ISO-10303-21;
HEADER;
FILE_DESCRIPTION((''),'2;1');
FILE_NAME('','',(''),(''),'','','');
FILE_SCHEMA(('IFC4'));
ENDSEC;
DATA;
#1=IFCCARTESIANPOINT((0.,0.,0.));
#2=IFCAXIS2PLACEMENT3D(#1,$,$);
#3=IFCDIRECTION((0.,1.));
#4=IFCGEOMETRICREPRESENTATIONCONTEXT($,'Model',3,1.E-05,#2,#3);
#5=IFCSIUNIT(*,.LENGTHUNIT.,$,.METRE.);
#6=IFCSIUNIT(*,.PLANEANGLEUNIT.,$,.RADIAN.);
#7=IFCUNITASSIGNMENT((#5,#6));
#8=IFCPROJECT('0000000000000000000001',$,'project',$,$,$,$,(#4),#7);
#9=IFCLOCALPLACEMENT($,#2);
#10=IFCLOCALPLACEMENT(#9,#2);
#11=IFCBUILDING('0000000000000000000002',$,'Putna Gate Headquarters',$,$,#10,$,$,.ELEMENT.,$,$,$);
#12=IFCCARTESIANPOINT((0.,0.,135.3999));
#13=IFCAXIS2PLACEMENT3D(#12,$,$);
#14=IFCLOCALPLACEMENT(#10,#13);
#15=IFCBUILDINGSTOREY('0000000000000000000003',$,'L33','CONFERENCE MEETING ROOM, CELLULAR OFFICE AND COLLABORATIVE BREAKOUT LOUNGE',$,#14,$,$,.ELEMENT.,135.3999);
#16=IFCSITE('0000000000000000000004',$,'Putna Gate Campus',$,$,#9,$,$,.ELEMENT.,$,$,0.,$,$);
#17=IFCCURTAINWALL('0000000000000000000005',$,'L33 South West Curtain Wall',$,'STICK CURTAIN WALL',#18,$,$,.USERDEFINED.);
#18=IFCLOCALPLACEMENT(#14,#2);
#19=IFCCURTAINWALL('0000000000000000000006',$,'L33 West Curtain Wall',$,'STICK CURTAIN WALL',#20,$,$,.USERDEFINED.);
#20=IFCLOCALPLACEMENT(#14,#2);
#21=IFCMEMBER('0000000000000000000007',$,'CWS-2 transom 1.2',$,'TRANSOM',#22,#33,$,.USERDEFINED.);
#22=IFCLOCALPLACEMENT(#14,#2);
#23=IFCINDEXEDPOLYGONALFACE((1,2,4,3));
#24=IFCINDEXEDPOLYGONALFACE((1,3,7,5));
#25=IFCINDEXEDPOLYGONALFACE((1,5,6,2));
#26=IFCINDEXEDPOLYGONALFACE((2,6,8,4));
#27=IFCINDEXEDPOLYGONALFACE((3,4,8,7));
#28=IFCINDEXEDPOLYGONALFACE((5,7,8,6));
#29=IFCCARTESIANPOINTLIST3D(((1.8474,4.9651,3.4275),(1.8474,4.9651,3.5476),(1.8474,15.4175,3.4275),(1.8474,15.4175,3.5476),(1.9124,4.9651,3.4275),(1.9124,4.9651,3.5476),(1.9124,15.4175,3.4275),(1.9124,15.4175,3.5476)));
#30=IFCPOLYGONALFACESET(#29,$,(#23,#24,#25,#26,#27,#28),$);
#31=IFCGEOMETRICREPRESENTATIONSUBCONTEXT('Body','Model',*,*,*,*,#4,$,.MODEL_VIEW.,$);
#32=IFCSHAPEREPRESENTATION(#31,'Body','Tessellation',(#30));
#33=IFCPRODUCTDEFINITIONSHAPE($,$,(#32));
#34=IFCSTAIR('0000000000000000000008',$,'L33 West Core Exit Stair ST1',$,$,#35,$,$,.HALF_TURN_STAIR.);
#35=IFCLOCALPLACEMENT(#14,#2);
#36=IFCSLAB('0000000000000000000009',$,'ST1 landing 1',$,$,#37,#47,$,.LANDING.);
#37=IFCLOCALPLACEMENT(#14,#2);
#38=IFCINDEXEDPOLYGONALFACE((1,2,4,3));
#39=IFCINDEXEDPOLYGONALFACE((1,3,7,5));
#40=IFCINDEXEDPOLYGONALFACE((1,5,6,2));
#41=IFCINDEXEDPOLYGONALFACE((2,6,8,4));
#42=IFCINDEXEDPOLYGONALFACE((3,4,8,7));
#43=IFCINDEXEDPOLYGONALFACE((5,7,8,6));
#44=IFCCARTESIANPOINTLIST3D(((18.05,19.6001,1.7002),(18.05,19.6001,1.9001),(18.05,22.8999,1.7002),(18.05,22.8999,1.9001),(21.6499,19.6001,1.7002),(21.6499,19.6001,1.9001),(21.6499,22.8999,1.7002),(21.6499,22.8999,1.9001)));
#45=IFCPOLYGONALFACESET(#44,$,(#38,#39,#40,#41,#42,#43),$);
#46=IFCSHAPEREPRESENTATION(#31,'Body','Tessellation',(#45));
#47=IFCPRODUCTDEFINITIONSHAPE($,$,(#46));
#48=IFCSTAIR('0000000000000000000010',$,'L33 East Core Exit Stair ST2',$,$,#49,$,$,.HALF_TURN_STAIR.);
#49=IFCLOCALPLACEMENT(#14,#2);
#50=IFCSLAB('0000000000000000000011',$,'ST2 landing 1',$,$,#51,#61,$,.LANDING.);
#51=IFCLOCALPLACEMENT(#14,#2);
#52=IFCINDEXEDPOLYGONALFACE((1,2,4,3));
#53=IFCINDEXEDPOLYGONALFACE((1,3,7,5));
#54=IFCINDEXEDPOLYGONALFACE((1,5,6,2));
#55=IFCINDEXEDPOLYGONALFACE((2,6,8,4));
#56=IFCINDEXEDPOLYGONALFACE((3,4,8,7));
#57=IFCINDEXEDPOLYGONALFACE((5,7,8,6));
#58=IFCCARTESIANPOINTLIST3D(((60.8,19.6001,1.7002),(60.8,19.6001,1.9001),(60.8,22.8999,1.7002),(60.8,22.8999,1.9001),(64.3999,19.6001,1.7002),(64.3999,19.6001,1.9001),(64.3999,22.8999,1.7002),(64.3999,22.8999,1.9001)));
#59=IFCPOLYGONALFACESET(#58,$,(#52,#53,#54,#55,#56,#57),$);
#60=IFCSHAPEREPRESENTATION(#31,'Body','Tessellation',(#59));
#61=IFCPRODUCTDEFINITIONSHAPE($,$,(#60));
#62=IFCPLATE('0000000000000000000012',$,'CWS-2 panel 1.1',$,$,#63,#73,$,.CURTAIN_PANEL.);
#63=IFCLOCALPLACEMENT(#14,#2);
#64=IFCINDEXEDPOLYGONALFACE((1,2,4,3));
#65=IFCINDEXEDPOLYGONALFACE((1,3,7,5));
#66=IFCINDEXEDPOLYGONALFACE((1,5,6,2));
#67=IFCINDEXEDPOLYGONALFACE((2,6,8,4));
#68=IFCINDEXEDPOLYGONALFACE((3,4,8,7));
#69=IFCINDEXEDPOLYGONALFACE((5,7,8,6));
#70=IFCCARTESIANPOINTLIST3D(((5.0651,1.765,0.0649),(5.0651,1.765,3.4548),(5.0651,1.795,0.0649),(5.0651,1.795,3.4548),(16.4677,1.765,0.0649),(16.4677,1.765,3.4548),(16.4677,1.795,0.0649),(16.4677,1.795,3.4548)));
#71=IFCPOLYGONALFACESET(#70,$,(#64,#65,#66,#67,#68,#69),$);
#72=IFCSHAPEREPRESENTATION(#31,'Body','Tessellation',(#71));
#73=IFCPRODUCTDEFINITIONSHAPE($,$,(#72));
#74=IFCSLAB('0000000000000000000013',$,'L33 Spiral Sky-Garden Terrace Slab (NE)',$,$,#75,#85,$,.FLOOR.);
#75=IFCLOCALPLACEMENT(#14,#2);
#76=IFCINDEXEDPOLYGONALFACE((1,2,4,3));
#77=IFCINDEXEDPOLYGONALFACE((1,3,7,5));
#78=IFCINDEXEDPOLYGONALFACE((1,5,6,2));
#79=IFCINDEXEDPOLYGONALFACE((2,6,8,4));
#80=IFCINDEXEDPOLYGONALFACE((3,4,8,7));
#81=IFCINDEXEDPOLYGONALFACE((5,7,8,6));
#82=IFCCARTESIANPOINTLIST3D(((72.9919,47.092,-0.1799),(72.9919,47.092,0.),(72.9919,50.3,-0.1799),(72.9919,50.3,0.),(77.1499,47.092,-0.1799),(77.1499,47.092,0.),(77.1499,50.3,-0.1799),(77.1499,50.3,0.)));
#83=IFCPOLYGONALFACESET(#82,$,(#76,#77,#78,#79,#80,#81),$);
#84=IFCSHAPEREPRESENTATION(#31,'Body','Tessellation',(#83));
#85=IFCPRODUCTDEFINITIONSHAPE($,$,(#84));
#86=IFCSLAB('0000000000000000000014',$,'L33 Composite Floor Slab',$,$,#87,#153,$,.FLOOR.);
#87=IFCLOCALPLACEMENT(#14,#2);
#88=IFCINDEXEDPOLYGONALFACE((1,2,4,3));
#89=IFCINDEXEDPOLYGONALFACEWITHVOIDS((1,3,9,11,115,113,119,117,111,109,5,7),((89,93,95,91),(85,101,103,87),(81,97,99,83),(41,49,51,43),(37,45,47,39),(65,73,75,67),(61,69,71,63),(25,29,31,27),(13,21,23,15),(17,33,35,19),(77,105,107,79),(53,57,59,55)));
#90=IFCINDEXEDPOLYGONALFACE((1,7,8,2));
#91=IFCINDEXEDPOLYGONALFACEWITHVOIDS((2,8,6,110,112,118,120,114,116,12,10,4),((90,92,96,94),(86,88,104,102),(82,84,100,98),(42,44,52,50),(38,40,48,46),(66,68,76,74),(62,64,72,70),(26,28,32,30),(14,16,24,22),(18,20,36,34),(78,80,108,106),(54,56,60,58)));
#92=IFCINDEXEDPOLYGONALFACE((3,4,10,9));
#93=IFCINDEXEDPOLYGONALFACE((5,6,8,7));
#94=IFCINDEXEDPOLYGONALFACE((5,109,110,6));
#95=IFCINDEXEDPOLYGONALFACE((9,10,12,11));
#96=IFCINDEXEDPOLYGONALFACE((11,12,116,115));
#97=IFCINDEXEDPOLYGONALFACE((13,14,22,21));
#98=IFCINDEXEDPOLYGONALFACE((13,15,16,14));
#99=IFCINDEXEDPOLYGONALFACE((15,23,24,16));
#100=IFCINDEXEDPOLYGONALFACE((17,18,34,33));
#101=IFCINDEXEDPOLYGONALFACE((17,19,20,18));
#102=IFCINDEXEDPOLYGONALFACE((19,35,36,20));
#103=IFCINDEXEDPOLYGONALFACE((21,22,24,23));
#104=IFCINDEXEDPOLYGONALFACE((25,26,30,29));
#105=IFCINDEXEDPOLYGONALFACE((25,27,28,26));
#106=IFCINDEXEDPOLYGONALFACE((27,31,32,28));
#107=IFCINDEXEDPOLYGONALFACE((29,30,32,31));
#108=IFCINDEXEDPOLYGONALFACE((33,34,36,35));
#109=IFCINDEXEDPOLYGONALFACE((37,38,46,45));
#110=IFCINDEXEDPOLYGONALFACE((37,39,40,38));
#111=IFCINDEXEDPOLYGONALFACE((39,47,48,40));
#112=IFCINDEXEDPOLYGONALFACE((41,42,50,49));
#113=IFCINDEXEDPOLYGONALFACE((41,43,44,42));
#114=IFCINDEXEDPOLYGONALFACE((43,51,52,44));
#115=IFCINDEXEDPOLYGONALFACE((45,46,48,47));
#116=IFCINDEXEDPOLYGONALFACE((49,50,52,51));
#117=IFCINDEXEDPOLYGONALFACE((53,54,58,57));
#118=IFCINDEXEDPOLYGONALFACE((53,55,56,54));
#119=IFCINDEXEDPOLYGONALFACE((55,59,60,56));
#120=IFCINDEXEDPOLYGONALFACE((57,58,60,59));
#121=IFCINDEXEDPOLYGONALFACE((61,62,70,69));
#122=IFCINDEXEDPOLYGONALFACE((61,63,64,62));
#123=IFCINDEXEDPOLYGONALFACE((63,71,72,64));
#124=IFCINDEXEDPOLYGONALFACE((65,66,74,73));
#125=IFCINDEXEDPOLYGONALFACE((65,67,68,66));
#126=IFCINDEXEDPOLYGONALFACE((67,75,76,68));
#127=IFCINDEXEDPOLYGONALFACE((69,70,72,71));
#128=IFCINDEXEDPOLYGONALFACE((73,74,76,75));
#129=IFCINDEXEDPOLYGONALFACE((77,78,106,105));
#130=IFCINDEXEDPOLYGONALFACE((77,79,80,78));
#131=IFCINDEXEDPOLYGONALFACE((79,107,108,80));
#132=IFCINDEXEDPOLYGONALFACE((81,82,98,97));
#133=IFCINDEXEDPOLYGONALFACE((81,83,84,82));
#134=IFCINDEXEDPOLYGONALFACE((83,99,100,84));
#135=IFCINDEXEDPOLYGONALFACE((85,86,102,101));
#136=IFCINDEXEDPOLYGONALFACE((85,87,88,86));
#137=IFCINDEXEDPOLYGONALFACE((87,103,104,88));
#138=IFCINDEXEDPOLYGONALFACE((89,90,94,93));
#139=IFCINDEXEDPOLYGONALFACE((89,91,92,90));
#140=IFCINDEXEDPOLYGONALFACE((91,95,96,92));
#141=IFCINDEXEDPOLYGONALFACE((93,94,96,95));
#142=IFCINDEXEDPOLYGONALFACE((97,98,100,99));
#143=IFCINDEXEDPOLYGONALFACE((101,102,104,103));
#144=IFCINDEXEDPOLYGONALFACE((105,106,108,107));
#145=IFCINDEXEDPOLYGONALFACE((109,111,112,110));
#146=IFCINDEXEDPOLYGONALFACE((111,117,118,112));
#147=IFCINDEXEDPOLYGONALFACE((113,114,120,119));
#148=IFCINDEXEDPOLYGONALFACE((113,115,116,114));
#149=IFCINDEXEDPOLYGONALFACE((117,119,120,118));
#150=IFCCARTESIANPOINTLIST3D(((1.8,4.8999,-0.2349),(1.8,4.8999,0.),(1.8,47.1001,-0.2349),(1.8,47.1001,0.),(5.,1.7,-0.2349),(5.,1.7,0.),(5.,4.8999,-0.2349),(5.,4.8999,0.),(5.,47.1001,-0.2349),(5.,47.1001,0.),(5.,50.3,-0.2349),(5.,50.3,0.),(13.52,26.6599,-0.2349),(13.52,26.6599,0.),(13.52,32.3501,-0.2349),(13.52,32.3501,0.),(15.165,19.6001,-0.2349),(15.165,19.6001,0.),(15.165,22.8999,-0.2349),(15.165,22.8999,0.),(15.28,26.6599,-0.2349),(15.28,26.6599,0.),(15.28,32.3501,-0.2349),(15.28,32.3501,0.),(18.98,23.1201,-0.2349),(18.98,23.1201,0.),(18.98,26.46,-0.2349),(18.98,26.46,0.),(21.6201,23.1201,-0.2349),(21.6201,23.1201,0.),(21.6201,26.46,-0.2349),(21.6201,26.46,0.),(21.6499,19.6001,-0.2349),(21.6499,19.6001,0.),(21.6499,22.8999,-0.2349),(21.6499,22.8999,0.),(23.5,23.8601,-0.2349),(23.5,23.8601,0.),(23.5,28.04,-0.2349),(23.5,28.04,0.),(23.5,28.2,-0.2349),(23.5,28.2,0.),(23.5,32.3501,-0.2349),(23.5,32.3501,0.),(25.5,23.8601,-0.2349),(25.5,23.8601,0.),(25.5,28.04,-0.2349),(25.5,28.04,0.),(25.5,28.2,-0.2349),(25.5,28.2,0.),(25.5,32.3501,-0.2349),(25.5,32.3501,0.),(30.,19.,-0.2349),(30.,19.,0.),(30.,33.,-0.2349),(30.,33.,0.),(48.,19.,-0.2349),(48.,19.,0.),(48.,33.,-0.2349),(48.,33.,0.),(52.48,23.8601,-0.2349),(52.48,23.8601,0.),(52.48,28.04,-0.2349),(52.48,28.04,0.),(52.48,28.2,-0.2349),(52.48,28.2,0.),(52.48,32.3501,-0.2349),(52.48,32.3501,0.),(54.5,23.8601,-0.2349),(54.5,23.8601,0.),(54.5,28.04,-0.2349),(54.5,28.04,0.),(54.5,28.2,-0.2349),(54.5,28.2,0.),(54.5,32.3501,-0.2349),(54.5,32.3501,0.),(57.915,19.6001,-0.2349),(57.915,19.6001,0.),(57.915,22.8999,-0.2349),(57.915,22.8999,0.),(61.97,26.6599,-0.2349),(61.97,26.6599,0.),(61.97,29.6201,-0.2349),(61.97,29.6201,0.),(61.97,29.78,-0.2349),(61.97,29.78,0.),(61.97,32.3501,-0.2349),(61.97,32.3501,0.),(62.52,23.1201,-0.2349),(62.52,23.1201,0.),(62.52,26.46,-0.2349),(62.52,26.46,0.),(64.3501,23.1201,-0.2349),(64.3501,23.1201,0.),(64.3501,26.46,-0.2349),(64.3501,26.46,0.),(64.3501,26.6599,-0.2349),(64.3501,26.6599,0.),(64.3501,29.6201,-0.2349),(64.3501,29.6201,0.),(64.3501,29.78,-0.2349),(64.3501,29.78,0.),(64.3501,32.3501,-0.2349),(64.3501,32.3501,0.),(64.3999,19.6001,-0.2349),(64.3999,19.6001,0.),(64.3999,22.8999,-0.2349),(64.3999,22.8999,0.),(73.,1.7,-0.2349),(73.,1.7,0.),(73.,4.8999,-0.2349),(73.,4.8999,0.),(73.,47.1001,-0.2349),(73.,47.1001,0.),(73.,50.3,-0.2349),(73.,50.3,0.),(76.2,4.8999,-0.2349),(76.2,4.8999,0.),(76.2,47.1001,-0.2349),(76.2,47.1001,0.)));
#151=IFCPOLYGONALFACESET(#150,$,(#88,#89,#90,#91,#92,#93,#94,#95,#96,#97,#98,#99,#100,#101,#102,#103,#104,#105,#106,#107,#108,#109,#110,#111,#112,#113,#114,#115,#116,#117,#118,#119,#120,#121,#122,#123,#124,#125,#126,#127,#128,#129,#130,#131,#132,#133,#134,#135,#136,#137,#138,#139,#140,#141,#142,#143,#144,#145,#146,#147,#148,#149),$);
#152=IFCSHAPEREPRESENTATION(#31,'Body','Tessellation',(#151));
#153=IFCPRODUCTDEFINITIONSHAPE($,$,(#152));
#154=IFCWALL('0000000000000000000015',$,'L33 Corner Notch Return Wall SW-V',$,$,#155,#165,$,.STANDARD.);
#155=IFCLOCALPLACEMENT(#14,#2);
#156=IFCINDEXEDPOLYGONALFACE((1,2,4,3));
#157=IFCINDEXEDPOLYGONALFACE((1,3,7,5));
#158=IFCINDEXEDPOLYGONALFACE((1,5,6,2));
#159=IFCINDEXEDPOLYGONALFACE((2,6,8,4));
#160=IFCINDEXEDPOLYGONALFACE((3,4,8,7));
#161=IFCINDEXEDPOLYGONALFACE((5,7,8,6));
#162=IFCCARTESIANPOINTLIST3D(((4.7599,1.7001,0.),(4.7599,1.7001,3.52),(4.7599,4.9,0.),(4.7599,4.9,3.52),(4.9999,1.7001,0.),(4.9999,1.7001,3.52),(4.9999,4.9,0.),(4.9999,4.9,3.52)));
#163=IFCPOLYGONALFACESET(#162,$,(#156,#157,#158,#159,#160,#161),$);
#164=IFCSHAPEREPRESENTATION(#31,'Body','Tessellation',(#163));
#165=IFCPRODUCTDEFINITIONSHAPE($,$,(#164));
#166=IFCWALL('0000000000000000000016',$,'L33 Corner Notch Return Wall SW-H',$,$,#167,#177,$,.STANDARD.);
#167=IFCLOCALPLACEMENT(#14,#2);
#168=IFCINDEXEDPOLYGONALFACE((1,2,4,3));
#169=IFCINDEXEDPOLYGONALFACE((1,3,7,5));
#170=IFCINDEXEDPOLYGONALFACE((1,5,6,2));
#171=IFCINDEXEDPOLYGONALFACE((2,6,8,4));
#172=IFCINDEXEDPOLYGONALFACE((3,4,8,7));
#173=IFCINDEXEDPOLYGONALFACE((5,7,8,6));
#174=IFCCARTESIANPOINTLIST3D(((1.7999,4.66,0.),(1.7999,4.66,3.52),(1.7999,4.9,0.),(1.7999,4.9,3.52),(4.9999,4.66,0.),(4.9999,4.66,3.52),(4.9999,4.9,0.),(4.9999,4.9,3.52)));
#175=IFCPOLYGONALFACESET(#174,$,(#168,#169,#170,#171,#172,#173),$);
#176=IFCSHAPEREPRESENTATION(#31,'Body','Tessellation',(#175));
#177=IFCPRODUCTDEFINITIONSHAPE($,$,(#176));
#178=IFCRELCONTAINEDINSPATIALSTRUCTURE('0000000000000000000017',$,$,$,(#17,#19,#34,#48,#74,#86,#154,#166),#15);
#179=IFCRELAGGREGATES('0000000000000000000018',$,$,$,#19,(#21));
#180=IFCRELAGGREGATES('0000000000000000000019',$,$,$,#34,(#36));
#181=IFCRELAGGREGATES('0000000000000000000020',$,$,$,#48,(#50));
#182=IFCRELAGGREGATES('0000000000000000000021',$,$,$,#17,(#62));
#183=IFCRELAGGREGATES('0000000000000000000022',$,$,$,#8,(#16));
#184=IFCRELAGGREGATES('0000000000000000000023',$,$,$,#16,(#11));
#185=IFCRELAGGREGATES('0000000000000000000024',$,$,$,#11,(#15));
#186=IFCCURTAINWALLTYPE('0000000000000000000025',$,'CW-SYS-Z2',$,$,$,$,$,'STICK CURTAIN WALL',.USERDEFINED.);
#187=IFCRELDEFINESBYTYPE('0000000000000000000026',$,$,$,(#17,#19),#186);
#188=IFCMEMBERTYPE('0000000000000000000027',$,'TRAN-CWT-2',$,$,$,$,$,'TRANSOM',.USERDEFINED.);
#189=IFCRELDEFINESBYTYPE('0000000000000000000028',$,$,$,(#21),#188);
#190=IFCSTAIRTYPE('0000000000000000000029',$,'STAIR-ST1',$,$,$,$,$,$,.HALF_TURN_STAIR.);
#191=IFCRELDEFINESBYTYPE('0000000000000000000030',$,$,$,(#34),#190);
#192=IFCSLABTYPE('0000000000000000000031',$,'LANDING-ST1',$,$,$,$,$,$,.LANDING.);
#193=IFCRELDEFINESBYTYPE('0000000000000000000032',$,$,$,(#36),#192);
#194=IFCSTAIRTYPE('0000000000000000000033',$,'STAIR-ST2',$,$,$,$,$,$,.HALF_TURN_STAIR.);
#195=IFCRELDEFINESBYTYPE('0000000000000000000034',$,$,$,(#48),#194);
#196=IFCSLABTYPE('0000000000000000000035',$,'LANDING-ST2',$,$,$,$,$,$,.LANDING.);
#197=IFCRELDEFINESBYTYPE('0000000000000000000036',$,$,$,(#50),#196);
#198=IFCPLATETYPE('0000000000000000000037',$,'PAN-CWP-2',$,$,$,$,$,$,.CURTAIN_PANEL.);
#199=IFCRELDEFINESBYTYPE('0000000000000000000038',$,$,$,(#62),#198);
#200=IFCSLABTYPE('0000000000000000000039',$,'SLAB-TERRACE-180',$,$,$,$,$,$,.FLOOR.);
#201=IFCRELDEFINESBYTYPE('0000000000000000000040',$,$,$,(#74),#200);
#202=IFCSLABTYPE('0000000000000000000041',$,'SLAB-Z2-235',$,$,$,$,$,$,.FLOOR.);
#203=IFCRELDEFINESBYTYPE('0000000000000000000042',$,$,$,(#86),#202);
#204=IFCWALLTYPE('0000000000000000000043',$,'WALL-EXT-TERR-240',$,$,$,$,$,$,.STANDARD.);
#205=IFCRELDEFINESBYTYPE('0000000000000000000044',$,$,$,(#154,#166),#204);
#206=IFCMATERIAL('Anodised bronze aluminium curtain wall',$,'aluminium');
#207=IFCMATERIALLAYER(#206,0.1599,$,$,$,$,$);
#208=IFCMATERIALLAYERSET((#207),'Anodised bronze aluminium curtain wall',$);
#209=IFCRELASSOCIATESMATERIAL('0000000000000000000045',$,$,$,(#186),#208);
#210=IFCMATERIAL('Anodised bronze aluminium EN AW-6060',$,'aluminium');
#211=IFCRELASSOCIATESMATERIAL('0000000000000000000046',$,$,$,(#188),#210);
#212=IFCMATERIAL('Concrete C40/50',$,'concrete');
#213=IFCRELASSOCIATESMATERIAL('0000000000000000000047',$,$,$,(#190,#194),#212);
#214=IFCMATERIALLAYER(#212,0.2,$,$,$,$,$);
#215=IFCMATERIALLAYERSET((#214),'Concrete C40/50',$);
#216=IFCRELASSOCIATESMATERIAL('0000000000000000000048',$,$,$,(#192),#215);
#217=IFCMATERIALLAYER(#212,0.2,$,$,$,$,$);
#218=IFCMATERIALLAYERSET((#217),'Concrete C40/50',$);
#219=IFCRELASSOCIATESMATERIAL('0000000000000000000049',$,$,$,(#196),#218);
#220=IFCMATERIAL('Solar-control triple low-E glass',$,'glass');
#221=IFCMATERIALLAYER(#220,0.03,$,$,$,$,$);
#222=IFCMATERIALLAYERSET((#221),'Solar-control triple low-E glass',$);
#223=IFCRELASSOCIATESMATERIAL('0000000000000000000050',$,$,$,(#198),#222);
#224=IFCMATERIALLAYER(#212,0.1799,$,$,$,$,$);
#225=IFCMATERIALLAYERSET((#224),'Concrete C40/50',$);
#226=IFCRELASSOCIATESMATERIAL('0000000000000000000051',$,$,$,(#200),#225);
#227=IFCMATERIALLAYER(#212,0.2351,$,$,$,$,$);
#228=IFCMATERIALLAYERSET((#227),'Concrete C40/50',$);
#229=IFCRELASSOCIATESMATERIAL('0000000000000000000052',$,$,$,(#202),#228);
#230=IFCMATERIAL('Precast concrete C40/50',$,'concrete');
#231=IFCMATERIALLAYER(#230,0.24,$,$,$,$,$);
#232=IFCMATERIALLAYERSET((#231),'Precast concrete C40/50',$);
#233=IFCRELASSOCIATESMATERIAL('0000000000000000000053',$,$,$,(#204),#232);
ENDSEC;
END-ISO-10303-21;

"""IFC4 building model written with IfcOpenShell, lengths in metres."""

from ifc_helpers import new_model, si_unit, direction, frame, frame_2d, origin, origin_2d, place, context, subcontext, project, spatial, polyline, rectangle, outline, extrude, material, layer, layer_set, material_profile, profile_set, type_object, element, aggregate, save


model = new_model("IFC4")

# Units and contexts
model_context = context("Model", 3, precision=1e-05, world=origin(), true_north=direction((0.0, 1.0)))
body_context = subcontext(model_context, "Body", "Model", "MODEL_VIEW")
ifc_project = project(units=[si_unit("LENGTHUNIT", "METRE"), si_unit("PLANEANGLEUNIT", "RADIAN")], contexts=[model_context])

# Site, building, storey
site_placement = place(None, origin())
site = spatial("IfcSite", under=ifc_project, at=site_placement, Name="Putna Gate Campus", CompositionType="ELEMENT", RefElevation=0.0)
building_placement = place(site_placement, origin())
building = spatial("IfcBuilding", under=site, at=building_placement, Name="Putna Gate Headquarters", CompositionType="ELEMENT")
storey_placement = place(building_placement, frame((0.0, 0.0, 135.3999)))
storey = spatial("IfcBuildingStorey", under=building, at=storey_placement, Name="L33", Description="CONFERENCE MEETING ROOM, CELLULAR OFFICE AND COLLABORATIVE BREAKOUT LOUNGE", CompositionType="ELEMENT", Elevation=135.3999)

# Curtain walls
ifc_material_1 = material(Name="Anodised bronze aluminium curtain wall", Category="aluminium")
ifc_layer_1 = layer(ifc_material_1, 0.1599)
ifc_layer_set_1 = layer_set([ifc_layer_1], Name="Anodised bronze aluminium curtain wall")
curtain_wall_type = type_object("IfcCurtainWallType", Name="CW-SYS-Z2", ElementType="STICK CURTAIN WALL", PredefinedType="USERDEFINED", material=ifc_layer_set_1)
curtain_wall_1_placement = place(storey_placement, origin())
curtain_wall_1 = element("IfcCurtainWall", 1, at=curtain_wall_1_placement, inside=storey, type_object=curtain_wall_type, Name="L33 South West Curtain Wall", ObjectType="STICK CURTAIN WALL", PredefinedType="USERDEFINED")
ifc_material_2 = material(Name="Anodised bronze aluminium EN AW-6060", Category="aluminium")
curtain_wall_2_placement = place(storey_placement, origin())
curtain_wall_2 = element("IfcCurtainWall", 2, at=curtain_wall_2_placement, inside=storey, type_object=curtain_wall_type, Name="L33 West Curtain Wall", ObjectType="STICK CURTAIN WALL", PredefinedType="USERDEFINED")

# Member
ifc_material_profile_1 = material_profile(ifc_material_2, rectangle(XDim=0.0649, YDim=0.1201, at=origin_2d()), Name="Anodised bronze aluminium EN AW-6060")
ifc_profile_set_1 = profile_set([ifc_material_profile_1], Name="Anodised bronze aluminium EN AW-6060")
member_type_1 = type_object("IfcMemberType", Name="TRAN-CWT-2", ElementType="TRANSOM", PredefinedType="USERDEFINED", material=ifc_profile_set_1)
member_1_placement = place(storey_placement, frame((1.8799, 4.9651, 3.4875), z_axis=(0.0, 1.0, 0.0), x_axis=(-1.0, 0.0, 0.0)))
member_1 = element("IfcMember", 3, at=member_1_placement, type_object=member_type_1, Name="CWS-2 transom 1.2", ObjectType="TRANSOM", PredefinedType="USERDEFINED", context=body_context, shape_type="SweptSolid", body=[
    extrude(rectangle(XDim=0.0649, YDim=0.1201, at=origin_2d()), origin(), (0.0, 0.0, 1.0), 10.4524),
])
aggregate(curtain_wall_2, [member_1])

# Stairs, slabs
ifc_material_3 = material(Name="Concrete C40/50", Category="concrete")
stair_type_1 = type_object("IfcStairType", Name="STAIR-ST1", PredefinedType="HALF_TURN_STAIR", material=ifc_material_3)
stair_1_placement = place(storey_placement, origin())
stair_1 = element("IfcStair", 4, at=stair_1_placement, inside=storey, type_object=stair_type_1, Name="L33 West Core Exit Stair ST1", PredefinedType="HALF_TURN_STAIR")
ifc_layer_2 = layer(ifc_material_3, 0.2)
ifc_layer_set_2 = layer_set([ifc_layer_2], Name="Concrete C40/50")
slab_type_1 = type_object("IfcSlabType", Name="LANDING-ST1", PredefinedType="LANDING", material=ifc_layer_set_2)
slab_1_placement = place(storey_placement, frame((0.0, 0.0, 1.7002)))
slab_1 = element("IfcSlab", 5, at=slab_1_placement, type_object=slab_type_1, Name="ST1 landing 1", PredefinedType="LANDING", context=body_context, shape_type="SweptSolid", body=[
    extrude(outline(polyline([(18.05, 19.6001), (21.6499, 19.6001), (21.6499, 22.8999), (18.05, 22.8999), (18.05, 19.6001)])), origin(), (0.0, 0.0, 1.0), 0.2),
])
aggregate(stair_1, [slab_1])
stair_type_2 = type_object("IfcStairType", Name="STAIR-ST2", PredefinedType="HALF_TURN_STAIR", material=ifc_material_3)
stair_2_placement = place(storey_placement, origin())
stair_2 = element("IfcStair", 6, at=stair_2_placement, inside=storey, type_object=stair_type_2, Name="L33 East Core Exit Stair ST2", PredefinedType="HALF_TURN_STAIR")
ifc_layer_3 = layer(ifc_material_3, 0.2)
ifc_layer_set_3 = layer_set([ifc_layer_3], Name="Concrete C40/50")
slab_type_2 = type_object("IfcSlabType", Name="LANDING-ST2", PredefinedType="LANDING", material=ifc_layer_set_3)
slab_2_placement = place(storey_placement, frame((0.0, 0.0, 1.7002)))
slab_2 = element("IfcSlab", 7, at=slab_2_placement, type_object=slab_type_2, Name="ST2 landing 1", PredefinedType="LANDING", context=body_context, shape_type="SweptSolid", body=[
    extrude(outline(polyline([(60.8, 19.6001), (64.3999, 19.6001), (64.3999, 22.8999), (60.8, 22.8999), (60.8, 19.6001)])), origin(), (0.0, 0.0, 1.0), 0.2),
])
aggregate(stair_2, [slab_2])

# Plate
ifc_material_4 = material(Name="Solar-control triple low-E glass", Category="glass")
ifc_layer_4 = layer(ifc_material_4, 0.03)
ifc_layer_set_4 = layer_set([ifc_layer_4], Name="Solar-control triple low-E glass")
plate_type = type_object("IfcPlateType", Name="PAN-CWP-2", PredefinedType="CURTAIN_PANEL", material=ifc_layer_set_4)
plate_placement = place(storey_placement, frame((10.7664, 1.78, 0.0649), z_axis=(0.0, 0.0, 1.0), x_axis=(1.0, 0.0, 0.0)))
plate = element("IfcPlate", 8, at=plate_placement, type_object=plate_type, Name="CWS-2 panel 1.1", PredefinedType="CURTAIN_PANEL", context=body_context, shape_type="SweptSolid", body=[
    extrude(rectangle(XDim=11.4026, YDim=0.03, at=origin_2d()), origin(), (0.0, 0.0, 1.0), 3.3899),
])
aggregate(curtain_wall_1, [plate])

# Slabs
ifc_layer_5 = layer(ifc_material_3, 0.1799)
ifc_layer_set_5 = layer_set([ifc_layer_5], Name="Concrete C40/50")
slab_type_3 = type_object("IfcSlabType", Name="SLAB-TERRACE-180", PredefinedType="FLOOR", material=ifc_layer_set_5)
slab_3_placement = place(storey_placement, frame((0.0, 0.0, -0.1799)))
element("IfcSlab", 9, at=slab_3_placement, inside=storey, type_object=slab_type_3, Name="L33 Spiral Sky-Garden Terrace Slab (NE)", PredefinedType="FLOOR", context=body_context, shape_type="SweptSolid", body=[
    extrude(outline(polyline([(72.9919, 47.092), (77.1499, 47.092), (77.1499, 50.3), (72.9919, 50.3), (72.9919, 47.092)])), origin(), (0.0, 0.0, 1.0), 0.1799),
])
ifc_layer_6 = layer(ifc_material_3, 0.2351)
ifc_layer_set_6 = layer_set([ifc_layer_6], Name="Concrete C40/50")
slab_type_4 = type_object("IfcSlabType", Name="SLAB-Z2-235", PredefinedType="FLOOR", material=ifc_layer_set_6)
slab_4_placement = place(storey_placement, frame((0.0, 0.0, -0.2349)))
element("IfcSlab", 10, at=slab_4_placement, inside=storey, type_object=slab_type_4, Name="L33 Composite Floor Slab", PredefinedType="FLOOR", context=body_context, shape_type="SweptSolid", body=[
    extrude(outline(polyline([(5.0, 1.7), (73.0, 1.7), (73.0, 4.8999), (76.2, 4.8999), (76.2, 47.1001), (73.0, 47.1001), (73.0, 50.3), (5.0, 50.3), (5.0, 47.1001), (1.8, 47.1001), (1.8, 4.8999), (5.0, 4.8999), (5.0, 1.7)]), holes=[polyline([(15.165, 19.6001), (21.6499, 19.6001), (21.6499, 22.8999), (15.165, 22.8999), (15.165, 19.6001)]), polyline([(57.915, 19.6001), (64.3999, 19.6001), (64.3999, 22.8999), (57.915, 22.8999), (57.915, 19.6001)]), polyline([(13.52, 26.6599), (15.28, 26.6599), (15.28, 32.3501), (13.52, 32.3501), (13.52, 26.6599)]), polyline([(61.97, 29.78), (64.3501, 29.78), (64.3501, 32.3501), (61.97, 32.3501), (61.97, 29.78)]), polyline([(18.98, 23.1201), (21.6201, 23.1201), (21.6201, 26.46), (18.98, 26.46), (18.98, 23.1201)]), polyline([(62.52, 23.1201), (64.3501, 23.1201), (64.3501, 26.46), (62.52, 26.46), (62.52, 23.1201)]), polyline([(61.97, 26.6599), (64.3501, 26.6599), (64.3501, 29.6201), (61.97, 29.6201), (61.97, 26.6599)]), polyline([(23.5, 23.8601), (25.5, 23.8601), (25.5, 28.04), (23.5, 28.04), (23.5, 23.8601)]), polyline([(52.48, 23.8601), (54.5, 23.8601), (54.5, 28.04), (52.48, 28.04), (52.48, 23.8601)]), polyline([(23.5, 28.2), (25.5, 28.2), (25.5, 32.3501), (23.5, 32.3501), (23.5, 28.2)]), polyline([(52.48, 28.2), (54.5, 28.2), (54.5, 32.3501), (52.48, 32.3501), (52.48, 28.2)]), polyline([(30.0, 19.0), (48.0, 19.0), (48.0, 33.0), (30.0, 33.0), (30.0, 19.0)])]), origin(), (0.0, 0.0, 1.0), 0.2349),
])

# Walls
ifc_material_5 = material(Name="Precast concrete C40/50", Category="concrete")
ifc_layer_7 = layer(ifc_material_5, 0.24)
ifc_layer_set_7 = layer_set([ifc_layer_7], Name="Precast concrete C40/50")
wall_type_1 = type_object("IfcWallType", Name="WALL-EXT-TERR-240", PredefinedType="STANDARD", material=ifc_layer_set_7)
for number, where, z_axis, x_axis, name in (
    (11, (4.8799, 1.7, 0.0), (0.0, 0.0, 1.0), (0.0, 1.0, 0.0), "L33 Corner Notch Return Wall SW-V"),
    (12, (5.0, 4.78, 0.0), (0.0, 0.0, 1.0), (-1.0, 0.0, 0.0), "L33 Corner Notch Return Wall SW-H"),
):
    element("IfcWall", number, at=place(storey_placement, frame(where, z_axis=z_axis, x_axis=x_axis)), inside=storey, type_object=wall_type_1, Name=name, PredefinedType="STANDARD", context=body_context, shape_type="SweptSolid", body=[
        extrude(rectangle(XDim=3.2, YDim=0.24, at=frame_2d((1.6001, 0.0))), origin(), (0.0, 0.0, 1.0), 3.52),
    ])

save(model, "model.ifc")
